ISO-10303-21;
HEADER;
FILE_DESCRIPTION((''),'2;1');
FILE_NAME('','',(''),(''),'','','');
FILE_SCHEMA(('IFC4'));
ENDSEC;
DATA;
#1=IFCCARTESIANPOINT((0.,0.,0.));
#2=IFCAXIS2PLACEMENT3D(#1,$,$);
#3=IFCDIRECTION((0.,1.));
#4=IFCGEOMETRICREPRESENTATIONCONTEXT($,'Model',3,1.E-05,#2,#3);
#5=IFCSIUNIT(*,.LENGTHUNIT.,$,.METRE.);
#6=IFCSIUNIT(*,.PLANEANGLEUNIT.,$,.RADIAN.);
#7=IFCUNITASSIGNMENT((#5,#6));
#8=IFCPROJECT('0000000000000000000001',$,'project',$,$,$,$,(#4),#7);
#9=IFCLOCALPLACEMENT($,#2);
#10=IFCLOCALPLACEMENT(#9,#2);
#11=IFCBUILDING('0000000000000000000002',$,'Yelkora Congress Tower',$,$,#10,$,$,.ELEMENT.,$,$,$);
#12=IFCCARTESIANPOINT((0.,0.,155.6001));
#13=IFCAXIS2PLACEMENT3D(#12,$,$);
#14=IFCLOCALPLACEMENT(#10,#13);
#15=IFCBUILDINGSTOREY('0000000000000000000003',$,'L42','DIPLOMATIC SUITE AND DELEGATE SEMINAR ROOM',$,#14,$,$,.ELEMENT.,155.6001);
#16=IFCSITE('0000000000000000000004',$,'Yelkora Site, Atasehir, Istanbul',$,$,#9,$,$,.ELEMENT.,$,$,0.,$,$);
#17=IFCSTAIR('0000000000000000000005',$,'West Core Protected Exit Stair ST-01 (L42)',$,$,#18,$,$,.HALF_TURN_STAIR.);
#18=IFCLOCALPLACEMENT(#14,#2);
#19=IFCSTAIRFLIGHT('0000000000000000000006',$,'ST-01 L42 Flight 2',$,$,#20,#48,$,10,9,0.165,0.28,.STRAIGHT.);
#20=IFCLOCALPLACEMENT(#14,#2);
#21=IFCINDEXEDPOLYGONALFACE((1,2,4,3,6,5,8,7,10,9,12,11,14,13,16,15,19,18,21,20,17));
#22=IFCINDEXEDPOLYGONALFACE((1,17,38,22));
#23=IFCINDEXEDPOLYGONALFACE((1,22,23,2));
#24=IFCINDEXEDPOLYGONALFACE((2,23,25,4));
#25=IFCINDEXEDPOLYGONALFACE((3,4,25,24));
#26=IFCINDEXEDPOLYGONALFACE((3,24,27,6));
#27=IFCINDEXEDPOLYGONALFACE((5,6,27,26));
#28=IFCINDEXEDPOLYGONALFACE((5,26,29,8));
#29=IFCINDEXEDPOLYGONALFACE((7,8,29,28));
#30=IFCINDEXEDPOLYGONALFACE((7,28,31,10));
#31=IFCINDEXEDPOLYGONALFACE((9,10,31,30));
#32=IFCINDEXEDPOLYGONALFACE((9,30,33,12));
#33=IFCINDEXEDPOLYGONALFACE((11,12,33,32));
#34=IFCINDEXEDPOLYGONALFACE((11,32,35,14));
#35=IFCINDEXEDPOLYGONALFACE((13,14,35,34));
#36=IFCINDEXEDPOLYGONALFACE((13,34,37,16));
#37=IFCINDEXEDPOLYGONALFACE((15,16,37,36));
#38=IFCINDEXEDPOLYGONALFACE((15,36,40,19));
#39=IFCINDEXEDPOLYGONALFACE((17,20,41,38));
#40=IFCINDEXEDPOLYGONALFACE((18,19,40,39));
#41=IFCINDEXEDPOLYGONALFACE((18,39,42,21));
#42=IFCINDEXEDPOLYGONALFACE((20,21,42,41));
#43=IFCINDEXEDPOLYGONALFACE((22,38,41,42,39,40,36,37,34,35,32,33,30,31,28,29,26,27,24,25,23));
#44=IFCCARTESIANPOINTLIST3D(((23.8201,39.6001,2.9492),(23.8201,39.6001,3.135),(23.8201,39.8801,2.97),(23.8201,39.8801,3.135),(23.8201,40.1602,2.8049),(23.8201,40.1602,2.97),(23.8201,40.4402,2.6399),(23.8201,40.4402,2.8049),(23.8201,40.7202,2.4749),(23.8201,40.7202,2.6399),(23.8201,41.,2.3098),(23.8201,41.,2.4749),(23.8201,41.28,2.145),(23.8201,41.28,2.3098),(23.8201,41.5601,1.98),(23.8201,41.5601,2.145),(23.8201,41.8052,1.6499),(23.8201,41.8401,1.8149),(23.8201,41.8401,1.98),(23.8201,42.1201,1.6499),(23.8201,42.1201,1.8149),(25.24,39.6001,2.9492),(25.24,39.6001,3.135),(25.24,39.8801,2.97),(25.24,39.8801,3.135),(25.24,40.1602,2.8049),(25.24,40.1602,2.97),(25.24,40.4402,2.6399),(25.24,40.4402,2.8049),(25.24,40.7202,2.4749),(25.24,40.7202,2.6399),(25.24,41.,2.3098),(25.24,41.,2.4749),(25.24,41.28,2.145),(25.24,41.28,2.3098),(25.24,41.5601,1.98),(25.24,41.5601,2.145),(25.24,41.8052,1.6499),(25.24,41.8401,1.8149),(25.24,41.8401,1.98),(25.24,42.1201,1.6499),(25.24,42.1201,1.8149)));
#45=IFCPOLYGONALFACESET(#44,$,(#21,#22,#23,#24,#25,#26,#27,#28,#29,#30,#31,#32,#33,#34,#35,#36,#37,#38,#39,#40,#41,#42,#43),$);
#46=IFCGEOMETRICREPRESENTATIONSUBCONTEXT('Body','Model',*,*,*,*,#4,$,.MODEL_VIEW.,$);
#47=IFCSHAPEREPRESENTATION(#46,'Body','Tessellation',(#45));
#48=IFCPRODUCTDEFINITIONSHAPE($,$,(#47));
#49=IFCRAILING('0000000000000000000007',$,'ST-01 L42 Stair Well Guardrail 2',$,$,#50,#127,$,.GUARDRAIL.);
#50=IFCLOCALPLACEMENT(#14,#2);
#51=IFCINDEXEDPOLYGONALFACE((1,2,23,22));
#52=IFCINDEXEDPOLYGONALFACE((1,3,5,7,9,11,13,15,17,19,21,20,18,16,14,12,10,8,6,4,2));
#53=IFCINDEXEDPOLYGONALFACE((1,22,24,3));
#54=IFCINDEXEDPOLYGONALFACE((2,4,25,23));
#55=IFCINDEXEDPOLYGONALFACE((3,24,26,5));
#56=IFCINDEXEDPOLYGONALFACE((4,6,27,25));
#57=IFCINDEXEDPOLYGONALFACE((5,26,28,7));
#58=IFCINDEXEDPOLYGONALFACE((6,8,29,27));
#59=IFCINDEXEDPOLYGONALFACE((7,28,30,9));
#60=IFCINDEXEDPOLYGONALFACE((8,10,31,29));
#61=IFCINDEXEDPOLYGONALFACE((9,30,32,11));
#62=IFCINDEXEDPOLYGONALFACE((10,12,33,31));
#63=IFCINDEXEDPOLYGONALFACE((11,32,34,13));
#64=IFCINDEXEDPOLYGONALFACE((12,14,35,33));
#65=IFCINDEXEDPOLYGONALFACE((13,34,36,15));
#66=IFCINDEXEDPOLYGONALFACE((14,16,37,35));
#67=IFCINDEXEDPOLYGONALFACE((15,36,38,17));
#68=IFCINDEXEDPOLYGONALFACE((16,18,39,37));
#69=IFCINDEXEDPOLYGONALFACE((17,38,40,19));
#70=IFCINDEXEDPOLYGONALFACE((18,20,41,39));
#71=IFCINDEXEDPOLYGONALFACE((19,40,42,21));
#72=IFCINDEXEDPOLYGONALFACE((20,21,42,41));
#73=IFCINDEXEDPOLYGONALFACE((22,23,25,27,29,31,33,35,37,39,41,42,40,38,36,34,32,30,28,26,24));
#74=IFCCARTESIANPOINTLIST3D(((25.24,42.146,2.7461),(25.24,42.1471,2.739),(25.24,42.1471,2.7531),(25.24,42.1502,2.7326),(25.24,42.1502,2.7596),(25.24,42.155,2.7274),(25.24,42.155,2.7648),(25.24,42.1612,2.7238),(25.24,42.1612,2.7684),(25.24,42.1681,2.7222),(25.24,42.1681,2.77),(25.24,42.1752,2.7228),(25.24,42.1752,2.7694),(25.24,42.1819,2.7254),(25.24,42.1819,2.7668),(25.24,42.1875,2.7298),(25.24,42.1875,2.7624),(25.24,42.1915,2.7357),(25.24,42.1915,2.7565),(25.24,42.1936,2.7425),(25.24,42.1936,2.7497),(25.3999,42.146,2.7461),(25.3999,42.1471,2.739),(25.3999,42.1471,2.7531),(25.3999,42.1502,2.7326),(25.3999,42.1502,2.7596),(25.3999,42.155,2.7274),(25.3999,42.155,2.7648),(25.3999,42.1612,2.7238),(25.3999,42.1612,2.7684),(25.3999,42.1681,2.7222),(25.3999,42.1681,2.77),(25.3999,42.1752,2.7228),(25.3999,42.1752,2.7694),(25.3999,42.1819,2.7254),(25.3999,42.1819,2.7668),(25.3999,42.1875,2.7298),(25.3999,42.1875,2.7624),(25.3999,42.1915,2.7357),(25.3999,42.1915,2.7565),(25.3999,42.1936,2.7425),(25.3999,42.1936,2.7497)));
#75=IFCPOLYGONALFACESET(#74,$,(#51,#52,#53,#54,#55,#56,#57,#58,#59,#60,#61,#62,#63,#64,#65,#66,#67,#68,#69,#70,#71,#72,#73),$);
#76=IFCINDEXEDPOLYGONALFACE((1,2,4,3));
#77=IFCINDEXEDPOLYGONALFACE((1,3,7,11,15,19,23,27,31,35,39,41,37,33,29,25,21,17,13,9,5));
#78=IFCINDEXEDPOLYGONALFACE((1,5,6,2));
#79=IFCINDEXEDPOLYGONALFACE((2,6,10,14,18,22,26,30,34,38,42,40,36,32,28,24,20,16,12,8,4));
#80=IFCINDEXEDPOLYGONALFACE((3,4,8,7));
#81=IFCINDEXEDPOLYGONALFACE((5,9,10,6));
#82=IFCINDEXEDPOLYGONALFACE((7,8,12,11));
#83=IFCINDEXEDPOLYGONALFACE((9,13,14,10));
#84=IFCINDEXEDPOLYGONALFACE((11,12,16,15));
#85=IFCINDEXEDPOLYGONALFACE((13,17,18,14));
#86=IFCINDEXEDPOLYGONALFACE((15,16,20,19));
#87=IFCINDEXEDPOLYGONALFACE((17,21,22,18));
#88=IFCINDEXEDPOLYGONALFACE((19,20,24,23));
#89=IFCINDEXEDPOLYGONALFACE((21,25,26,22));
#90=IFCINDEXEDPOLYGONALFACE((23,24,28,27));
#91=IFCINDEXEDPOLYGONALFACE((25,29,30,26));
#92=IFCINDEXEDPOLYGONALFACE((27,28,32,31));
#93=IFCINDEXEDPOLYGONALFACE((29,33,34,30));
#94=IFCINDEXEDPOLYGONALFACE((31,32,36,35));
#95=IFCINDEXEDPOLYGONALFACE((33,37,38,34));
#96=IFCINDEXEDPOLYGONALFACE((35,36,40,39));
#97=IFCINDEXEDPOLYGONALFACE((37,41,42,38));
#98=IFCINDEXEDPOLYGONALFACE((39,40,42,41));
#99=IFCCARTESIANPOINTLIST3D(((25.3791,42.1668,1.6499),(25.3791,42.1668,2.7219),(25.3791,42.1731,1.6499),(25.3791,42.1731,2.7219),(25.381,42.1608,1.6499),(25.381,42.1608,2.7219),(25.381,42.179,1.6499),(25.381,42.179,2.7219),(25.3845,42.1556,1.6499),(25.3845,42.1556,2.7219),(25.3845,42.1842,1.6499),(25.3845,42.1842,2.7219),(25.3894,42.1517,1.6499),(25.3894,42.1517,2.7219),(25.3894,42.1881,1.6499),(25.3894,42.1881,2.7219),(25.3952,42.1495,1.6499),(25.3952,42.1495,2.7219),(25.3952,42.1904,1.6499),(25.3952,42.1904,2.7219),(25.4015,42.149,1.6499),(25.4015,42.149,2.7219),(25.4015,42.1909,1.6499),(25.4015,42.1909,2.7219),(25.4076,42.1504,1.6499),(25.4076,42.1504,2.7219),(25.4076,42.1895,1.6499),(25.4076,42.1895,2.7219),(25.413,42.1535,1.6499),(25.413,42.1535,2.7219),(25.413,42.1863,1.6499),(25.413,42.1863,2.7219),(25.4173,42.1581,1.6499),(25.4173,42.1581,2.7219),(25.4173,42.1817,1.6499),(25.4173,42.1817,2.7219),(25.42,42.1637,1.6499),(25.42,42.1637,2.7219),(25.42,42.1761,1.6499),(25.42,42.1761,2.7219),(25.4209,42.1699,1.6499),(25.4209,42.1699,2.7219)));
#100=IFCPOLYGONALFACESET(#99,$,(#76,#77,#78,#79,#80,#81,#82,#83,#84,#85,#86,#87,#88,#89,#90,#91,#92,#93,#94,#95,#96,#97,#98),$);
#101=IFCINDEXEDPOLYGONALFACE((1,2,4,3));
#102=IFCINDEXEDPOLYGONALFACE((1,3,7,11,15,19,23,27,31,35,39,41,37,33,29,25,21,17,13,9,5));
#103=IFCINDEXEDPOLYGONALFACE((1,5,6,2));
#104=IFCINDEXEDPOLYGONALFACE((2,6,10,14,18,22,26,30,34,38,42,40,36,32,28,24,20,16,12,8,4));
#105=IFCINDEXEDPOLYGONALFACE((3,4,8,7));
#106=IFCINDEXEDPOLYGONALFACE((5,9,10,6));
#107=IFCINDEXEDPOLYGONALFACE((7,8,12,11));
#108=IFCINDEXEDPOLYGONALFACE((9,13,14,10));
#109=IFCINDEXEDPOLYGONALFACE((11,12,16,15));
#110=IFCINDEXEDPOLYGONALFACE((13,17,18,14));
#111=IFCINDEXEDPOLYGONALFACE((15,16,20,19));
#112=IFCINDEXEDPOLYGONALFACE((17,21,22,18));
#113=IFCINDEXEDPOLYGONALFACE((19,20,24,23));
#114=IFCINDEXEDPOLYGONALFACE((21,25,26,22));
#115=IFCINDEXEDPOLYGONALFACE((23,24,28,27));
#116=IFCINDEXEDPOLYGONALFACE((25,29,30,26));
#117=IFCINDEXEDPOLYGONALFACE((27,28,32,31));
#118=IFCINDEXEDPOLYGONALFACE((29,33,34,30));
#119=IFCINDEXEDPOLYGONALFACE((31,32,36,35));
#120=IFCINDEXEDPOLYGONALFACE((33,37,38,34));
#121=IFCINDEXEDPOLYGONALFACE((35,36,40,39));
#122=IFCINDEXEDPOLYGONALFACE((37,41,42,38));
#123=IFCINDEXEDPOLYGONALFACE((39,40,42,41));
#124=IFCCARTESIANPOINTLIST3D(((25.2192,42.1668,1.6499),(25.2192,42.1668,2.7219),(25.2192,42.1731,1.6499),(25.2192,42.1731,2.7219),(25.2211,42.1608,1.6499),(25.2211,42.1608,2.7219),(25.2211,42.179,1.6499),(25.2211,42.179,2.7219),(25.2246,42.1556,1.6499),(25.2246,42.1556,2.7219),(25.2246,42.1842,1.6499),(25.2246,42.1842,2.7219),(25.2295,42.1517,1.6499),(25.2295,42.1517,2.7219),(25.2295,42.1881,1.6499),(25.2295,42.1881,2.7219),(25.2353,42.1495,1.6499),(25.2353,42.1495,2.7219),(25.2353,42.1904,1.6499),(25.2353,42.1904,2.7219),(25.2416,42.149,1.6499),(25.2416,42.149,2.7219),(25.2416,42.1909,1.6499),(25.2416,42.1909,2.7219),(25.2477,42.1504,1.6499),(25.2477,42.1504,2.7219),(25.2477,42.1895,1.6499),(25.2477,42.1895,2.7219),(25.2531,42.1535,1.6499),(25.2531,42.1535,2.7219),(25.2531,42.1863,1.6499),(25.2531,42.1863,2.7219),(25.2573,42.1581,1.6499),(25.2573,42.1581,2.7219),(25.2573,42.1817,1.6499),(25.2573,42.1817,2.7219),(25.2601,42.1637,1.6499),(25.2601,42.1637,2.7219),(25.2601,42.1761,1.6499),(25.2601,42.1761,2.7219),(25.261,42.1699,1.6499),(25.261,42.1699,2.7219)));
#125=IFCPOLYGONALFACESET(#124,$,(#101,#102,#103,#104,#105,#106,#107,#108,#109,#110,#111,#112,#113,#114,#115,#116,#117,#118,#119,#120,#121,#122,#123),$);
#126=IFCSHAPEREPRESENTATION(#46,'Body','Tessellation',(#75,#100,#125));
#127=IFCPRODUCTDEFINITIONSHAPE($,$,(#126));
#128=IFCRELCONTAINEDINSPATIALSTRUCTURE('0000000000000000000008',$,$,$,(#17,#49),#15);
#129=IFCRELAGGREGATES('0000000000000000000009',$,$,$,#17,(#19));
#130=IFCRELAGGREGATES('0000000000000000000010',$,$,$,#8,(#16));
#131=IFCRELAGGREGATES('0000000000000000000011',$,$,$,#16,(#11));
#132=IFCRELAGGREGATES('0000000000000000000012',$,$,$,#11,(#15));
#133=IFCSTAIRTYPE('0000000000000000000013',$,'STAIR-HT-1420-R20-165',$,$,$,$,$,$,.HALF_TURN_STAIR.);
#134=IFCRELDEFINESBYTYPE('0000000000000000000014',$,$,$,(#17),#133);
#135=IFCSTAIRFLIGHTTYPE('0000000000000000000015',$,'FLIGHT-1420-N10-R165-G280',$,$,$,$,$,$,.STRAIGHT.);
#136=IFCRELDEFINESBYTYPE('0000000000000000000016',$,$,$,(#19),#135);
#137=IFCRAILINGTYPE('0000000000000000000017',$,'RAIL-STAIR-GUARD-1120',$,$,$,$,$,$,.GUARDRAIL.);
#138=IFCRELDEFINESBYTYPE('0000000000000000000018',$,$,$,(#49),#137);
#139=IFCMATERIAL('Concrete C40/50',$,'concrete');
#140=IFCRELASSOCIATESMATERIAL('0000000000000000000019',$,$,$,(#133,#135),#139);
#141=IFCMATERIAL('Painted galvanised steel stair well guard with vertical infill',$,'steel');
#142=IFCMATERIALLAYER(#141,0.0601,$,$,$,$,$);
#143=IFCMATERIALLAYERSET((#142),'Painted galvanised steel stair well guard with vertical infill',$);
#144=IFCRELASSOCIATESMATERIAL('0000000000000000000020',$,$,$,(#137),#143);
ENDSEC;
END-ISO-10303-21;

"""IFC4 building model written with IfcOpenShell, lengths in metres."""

from ifc_helpers import new_model, si_unit, direction, frame, origin, origin_2d, place, context, subcontext, project, spatial, polyline, circle, outline, extrude, material, layer, layer_set, type_object, element, aggregate, save


model = new_model("IFC4")

# Units and contexts
model_context = context("Model", 3, precision=1e-05, world=origin(), true_north=direction((0.0, 1.0)))
body_context = subcontext(model_context, "Body", "Model", "MODEL_VIEW")
ifc_project = project(units=[si_unit("LENGTHUNIT", "METRE"), si_unit("PLANEANGLEUNIT", "RADIAN")], contexts=[model_context])

# Site, building, storey
site_placement = place(None, origin())
site = spatial("IfcSite", under=ifc_project, at=site_placement, Name="Yelkora Site, Atasehir, Istanbul", CompositionType="ELEMENT", RefElevation=0.0)
building_placement = place(site_placement, origin())
building = spatial("IfcBuilding", under=site, at=building_placement, Name="Yelkora Congress Tower", CompositionType="ELEMENT")
storey_placement = place(building_placement, frame((0.0, 0.0, 155.6001)))
storey = spatial("IfcBuildingStorey", under=building, at=storey_placement, Name="L42", Description="DIPLOMATIC SUITE AND DELEGATE SEMINAR ROOM", CompositionType="ELEMENT", Elevation=155.6001)

# Stair, stair flight
ifc_material_1 = material(Name="Concrete C40/50", Category="concrete")
stair_type = type_object("IfcStairType", Name="STAIR-HT-1420-R20-165", PredefinedType="HALF_TURN_STAIR", material=ifc_material_1)
stair_placement = place(storey_placement, origin())
stair = element("IfcStair", 1, at=stair_placement, inside=storey, type_object=stair_type, Name="West Core Protected Exit Stair ST-01 (L42)", PredefinedType="HALF_TURN_STAIR")
stair_flight_type = type_object("IfcStairFlightType", Name="FLIGHT-1420-N10-R165-G280", PredefinedType="STRAIGHT", material=ifc_material_1)
stair_flight_placement = place(storey_placement, frame((24.53, 42.1201, 1.6499), z_axis=(0.0, 0.0, 1.0), x_axis=(0.0, -1.0, 0.0)))
stair_flight = element("IfcStairFlight", 2, at=stair_flight_placement, type_object=stair_flight_type, Name="ST-01 L42 Flight 2", NumberOfRisers=10, NumberOfTreads=9, PredefinedType="STRAIGHT", RiserHeight=0.165, TreadLength=0.28, context=body_context, shape_type="SweptSolid", body=[
    extrude(outline(polyline([(0.0, 0.0), (0.0, 0.165), (0.28, 0.165), (0.28, 0.3301), (0.5601, 0.3301), (0.5601, 0.4951), (0.8401, 0.4951), (0.8401, 0.6599), (1.1201, 0.6599), (1.1201, 0.825), (1.3999, 0.825), (1.3999, 0.99), (1.6799, 0.99), (1.6799, 1.155), (1.96, 1.155), (1.96, 1.3201), (2.24, 1.3201), (2.24, 1.4851), (2.52, 1.4851), (2.52, 1.6499), (2.52, 1.2993), (0.3149, 0.0), (0.0, 0.0)])), frame((0.0, 0.71, 0.0), z_axis=(0.0, -1.0, 0.0), x_axis=(1.0, 0.0, 0.0)), (0.0, 0.0, 1.0), 1.4199),
])
aggregate(stair, [stair_flight])

# Railing
ifc_material_2 = material(Name="Painted galvanised steel stair well guard with vertical infill", Category="steel")
ifc_layer_1 = layer(ifc_material_2, 0.0601)
ifc_layer_set_1 = layer_set([ifc_layer_1], Name="Painted galvanised steel stair well guard with vertical infill")
railing_type_1 = type_object("IfcRailingType", Name="RAIL-STAIR-GUARD-1120", PredefinedType="GUARDRAIL", material=ifc_layer_set_1)
railing_1_placement = place(storey_placement, frame((25.3999, 42.1699, 1.6499)))
element("IfcRailing", 3, at=railing_1_placement, inside=storey, type_object=railing_type_1, Name="ST-01 L42 Stair Well Guardrail 2", PredefinedType="GUARDRAIL", context=body_context, shape_type="SweptSolid", body=[
    extrude(circle(Radius=0.0239, at=origin_2d()), frame((0.0, 0.0, 1.0962), z_axis=(-1.0, 0.0, 0.0), x_axis=(0.0, -1.0, 0.0)), (0.0, 0.0, 1.0), 0.1599),
    extrude(circle(Radius=0.021, at=origin_2d()), origin(), (0.0, 0.0, 1.0), 1.072),
    extrude(circle(Radius=0.021, at=origin_2d()), frame((-0.1599, 0.0, 0.0)), (0.0, 0.0, 1.0), 1.072),
])

save(model, "model.ifc")
